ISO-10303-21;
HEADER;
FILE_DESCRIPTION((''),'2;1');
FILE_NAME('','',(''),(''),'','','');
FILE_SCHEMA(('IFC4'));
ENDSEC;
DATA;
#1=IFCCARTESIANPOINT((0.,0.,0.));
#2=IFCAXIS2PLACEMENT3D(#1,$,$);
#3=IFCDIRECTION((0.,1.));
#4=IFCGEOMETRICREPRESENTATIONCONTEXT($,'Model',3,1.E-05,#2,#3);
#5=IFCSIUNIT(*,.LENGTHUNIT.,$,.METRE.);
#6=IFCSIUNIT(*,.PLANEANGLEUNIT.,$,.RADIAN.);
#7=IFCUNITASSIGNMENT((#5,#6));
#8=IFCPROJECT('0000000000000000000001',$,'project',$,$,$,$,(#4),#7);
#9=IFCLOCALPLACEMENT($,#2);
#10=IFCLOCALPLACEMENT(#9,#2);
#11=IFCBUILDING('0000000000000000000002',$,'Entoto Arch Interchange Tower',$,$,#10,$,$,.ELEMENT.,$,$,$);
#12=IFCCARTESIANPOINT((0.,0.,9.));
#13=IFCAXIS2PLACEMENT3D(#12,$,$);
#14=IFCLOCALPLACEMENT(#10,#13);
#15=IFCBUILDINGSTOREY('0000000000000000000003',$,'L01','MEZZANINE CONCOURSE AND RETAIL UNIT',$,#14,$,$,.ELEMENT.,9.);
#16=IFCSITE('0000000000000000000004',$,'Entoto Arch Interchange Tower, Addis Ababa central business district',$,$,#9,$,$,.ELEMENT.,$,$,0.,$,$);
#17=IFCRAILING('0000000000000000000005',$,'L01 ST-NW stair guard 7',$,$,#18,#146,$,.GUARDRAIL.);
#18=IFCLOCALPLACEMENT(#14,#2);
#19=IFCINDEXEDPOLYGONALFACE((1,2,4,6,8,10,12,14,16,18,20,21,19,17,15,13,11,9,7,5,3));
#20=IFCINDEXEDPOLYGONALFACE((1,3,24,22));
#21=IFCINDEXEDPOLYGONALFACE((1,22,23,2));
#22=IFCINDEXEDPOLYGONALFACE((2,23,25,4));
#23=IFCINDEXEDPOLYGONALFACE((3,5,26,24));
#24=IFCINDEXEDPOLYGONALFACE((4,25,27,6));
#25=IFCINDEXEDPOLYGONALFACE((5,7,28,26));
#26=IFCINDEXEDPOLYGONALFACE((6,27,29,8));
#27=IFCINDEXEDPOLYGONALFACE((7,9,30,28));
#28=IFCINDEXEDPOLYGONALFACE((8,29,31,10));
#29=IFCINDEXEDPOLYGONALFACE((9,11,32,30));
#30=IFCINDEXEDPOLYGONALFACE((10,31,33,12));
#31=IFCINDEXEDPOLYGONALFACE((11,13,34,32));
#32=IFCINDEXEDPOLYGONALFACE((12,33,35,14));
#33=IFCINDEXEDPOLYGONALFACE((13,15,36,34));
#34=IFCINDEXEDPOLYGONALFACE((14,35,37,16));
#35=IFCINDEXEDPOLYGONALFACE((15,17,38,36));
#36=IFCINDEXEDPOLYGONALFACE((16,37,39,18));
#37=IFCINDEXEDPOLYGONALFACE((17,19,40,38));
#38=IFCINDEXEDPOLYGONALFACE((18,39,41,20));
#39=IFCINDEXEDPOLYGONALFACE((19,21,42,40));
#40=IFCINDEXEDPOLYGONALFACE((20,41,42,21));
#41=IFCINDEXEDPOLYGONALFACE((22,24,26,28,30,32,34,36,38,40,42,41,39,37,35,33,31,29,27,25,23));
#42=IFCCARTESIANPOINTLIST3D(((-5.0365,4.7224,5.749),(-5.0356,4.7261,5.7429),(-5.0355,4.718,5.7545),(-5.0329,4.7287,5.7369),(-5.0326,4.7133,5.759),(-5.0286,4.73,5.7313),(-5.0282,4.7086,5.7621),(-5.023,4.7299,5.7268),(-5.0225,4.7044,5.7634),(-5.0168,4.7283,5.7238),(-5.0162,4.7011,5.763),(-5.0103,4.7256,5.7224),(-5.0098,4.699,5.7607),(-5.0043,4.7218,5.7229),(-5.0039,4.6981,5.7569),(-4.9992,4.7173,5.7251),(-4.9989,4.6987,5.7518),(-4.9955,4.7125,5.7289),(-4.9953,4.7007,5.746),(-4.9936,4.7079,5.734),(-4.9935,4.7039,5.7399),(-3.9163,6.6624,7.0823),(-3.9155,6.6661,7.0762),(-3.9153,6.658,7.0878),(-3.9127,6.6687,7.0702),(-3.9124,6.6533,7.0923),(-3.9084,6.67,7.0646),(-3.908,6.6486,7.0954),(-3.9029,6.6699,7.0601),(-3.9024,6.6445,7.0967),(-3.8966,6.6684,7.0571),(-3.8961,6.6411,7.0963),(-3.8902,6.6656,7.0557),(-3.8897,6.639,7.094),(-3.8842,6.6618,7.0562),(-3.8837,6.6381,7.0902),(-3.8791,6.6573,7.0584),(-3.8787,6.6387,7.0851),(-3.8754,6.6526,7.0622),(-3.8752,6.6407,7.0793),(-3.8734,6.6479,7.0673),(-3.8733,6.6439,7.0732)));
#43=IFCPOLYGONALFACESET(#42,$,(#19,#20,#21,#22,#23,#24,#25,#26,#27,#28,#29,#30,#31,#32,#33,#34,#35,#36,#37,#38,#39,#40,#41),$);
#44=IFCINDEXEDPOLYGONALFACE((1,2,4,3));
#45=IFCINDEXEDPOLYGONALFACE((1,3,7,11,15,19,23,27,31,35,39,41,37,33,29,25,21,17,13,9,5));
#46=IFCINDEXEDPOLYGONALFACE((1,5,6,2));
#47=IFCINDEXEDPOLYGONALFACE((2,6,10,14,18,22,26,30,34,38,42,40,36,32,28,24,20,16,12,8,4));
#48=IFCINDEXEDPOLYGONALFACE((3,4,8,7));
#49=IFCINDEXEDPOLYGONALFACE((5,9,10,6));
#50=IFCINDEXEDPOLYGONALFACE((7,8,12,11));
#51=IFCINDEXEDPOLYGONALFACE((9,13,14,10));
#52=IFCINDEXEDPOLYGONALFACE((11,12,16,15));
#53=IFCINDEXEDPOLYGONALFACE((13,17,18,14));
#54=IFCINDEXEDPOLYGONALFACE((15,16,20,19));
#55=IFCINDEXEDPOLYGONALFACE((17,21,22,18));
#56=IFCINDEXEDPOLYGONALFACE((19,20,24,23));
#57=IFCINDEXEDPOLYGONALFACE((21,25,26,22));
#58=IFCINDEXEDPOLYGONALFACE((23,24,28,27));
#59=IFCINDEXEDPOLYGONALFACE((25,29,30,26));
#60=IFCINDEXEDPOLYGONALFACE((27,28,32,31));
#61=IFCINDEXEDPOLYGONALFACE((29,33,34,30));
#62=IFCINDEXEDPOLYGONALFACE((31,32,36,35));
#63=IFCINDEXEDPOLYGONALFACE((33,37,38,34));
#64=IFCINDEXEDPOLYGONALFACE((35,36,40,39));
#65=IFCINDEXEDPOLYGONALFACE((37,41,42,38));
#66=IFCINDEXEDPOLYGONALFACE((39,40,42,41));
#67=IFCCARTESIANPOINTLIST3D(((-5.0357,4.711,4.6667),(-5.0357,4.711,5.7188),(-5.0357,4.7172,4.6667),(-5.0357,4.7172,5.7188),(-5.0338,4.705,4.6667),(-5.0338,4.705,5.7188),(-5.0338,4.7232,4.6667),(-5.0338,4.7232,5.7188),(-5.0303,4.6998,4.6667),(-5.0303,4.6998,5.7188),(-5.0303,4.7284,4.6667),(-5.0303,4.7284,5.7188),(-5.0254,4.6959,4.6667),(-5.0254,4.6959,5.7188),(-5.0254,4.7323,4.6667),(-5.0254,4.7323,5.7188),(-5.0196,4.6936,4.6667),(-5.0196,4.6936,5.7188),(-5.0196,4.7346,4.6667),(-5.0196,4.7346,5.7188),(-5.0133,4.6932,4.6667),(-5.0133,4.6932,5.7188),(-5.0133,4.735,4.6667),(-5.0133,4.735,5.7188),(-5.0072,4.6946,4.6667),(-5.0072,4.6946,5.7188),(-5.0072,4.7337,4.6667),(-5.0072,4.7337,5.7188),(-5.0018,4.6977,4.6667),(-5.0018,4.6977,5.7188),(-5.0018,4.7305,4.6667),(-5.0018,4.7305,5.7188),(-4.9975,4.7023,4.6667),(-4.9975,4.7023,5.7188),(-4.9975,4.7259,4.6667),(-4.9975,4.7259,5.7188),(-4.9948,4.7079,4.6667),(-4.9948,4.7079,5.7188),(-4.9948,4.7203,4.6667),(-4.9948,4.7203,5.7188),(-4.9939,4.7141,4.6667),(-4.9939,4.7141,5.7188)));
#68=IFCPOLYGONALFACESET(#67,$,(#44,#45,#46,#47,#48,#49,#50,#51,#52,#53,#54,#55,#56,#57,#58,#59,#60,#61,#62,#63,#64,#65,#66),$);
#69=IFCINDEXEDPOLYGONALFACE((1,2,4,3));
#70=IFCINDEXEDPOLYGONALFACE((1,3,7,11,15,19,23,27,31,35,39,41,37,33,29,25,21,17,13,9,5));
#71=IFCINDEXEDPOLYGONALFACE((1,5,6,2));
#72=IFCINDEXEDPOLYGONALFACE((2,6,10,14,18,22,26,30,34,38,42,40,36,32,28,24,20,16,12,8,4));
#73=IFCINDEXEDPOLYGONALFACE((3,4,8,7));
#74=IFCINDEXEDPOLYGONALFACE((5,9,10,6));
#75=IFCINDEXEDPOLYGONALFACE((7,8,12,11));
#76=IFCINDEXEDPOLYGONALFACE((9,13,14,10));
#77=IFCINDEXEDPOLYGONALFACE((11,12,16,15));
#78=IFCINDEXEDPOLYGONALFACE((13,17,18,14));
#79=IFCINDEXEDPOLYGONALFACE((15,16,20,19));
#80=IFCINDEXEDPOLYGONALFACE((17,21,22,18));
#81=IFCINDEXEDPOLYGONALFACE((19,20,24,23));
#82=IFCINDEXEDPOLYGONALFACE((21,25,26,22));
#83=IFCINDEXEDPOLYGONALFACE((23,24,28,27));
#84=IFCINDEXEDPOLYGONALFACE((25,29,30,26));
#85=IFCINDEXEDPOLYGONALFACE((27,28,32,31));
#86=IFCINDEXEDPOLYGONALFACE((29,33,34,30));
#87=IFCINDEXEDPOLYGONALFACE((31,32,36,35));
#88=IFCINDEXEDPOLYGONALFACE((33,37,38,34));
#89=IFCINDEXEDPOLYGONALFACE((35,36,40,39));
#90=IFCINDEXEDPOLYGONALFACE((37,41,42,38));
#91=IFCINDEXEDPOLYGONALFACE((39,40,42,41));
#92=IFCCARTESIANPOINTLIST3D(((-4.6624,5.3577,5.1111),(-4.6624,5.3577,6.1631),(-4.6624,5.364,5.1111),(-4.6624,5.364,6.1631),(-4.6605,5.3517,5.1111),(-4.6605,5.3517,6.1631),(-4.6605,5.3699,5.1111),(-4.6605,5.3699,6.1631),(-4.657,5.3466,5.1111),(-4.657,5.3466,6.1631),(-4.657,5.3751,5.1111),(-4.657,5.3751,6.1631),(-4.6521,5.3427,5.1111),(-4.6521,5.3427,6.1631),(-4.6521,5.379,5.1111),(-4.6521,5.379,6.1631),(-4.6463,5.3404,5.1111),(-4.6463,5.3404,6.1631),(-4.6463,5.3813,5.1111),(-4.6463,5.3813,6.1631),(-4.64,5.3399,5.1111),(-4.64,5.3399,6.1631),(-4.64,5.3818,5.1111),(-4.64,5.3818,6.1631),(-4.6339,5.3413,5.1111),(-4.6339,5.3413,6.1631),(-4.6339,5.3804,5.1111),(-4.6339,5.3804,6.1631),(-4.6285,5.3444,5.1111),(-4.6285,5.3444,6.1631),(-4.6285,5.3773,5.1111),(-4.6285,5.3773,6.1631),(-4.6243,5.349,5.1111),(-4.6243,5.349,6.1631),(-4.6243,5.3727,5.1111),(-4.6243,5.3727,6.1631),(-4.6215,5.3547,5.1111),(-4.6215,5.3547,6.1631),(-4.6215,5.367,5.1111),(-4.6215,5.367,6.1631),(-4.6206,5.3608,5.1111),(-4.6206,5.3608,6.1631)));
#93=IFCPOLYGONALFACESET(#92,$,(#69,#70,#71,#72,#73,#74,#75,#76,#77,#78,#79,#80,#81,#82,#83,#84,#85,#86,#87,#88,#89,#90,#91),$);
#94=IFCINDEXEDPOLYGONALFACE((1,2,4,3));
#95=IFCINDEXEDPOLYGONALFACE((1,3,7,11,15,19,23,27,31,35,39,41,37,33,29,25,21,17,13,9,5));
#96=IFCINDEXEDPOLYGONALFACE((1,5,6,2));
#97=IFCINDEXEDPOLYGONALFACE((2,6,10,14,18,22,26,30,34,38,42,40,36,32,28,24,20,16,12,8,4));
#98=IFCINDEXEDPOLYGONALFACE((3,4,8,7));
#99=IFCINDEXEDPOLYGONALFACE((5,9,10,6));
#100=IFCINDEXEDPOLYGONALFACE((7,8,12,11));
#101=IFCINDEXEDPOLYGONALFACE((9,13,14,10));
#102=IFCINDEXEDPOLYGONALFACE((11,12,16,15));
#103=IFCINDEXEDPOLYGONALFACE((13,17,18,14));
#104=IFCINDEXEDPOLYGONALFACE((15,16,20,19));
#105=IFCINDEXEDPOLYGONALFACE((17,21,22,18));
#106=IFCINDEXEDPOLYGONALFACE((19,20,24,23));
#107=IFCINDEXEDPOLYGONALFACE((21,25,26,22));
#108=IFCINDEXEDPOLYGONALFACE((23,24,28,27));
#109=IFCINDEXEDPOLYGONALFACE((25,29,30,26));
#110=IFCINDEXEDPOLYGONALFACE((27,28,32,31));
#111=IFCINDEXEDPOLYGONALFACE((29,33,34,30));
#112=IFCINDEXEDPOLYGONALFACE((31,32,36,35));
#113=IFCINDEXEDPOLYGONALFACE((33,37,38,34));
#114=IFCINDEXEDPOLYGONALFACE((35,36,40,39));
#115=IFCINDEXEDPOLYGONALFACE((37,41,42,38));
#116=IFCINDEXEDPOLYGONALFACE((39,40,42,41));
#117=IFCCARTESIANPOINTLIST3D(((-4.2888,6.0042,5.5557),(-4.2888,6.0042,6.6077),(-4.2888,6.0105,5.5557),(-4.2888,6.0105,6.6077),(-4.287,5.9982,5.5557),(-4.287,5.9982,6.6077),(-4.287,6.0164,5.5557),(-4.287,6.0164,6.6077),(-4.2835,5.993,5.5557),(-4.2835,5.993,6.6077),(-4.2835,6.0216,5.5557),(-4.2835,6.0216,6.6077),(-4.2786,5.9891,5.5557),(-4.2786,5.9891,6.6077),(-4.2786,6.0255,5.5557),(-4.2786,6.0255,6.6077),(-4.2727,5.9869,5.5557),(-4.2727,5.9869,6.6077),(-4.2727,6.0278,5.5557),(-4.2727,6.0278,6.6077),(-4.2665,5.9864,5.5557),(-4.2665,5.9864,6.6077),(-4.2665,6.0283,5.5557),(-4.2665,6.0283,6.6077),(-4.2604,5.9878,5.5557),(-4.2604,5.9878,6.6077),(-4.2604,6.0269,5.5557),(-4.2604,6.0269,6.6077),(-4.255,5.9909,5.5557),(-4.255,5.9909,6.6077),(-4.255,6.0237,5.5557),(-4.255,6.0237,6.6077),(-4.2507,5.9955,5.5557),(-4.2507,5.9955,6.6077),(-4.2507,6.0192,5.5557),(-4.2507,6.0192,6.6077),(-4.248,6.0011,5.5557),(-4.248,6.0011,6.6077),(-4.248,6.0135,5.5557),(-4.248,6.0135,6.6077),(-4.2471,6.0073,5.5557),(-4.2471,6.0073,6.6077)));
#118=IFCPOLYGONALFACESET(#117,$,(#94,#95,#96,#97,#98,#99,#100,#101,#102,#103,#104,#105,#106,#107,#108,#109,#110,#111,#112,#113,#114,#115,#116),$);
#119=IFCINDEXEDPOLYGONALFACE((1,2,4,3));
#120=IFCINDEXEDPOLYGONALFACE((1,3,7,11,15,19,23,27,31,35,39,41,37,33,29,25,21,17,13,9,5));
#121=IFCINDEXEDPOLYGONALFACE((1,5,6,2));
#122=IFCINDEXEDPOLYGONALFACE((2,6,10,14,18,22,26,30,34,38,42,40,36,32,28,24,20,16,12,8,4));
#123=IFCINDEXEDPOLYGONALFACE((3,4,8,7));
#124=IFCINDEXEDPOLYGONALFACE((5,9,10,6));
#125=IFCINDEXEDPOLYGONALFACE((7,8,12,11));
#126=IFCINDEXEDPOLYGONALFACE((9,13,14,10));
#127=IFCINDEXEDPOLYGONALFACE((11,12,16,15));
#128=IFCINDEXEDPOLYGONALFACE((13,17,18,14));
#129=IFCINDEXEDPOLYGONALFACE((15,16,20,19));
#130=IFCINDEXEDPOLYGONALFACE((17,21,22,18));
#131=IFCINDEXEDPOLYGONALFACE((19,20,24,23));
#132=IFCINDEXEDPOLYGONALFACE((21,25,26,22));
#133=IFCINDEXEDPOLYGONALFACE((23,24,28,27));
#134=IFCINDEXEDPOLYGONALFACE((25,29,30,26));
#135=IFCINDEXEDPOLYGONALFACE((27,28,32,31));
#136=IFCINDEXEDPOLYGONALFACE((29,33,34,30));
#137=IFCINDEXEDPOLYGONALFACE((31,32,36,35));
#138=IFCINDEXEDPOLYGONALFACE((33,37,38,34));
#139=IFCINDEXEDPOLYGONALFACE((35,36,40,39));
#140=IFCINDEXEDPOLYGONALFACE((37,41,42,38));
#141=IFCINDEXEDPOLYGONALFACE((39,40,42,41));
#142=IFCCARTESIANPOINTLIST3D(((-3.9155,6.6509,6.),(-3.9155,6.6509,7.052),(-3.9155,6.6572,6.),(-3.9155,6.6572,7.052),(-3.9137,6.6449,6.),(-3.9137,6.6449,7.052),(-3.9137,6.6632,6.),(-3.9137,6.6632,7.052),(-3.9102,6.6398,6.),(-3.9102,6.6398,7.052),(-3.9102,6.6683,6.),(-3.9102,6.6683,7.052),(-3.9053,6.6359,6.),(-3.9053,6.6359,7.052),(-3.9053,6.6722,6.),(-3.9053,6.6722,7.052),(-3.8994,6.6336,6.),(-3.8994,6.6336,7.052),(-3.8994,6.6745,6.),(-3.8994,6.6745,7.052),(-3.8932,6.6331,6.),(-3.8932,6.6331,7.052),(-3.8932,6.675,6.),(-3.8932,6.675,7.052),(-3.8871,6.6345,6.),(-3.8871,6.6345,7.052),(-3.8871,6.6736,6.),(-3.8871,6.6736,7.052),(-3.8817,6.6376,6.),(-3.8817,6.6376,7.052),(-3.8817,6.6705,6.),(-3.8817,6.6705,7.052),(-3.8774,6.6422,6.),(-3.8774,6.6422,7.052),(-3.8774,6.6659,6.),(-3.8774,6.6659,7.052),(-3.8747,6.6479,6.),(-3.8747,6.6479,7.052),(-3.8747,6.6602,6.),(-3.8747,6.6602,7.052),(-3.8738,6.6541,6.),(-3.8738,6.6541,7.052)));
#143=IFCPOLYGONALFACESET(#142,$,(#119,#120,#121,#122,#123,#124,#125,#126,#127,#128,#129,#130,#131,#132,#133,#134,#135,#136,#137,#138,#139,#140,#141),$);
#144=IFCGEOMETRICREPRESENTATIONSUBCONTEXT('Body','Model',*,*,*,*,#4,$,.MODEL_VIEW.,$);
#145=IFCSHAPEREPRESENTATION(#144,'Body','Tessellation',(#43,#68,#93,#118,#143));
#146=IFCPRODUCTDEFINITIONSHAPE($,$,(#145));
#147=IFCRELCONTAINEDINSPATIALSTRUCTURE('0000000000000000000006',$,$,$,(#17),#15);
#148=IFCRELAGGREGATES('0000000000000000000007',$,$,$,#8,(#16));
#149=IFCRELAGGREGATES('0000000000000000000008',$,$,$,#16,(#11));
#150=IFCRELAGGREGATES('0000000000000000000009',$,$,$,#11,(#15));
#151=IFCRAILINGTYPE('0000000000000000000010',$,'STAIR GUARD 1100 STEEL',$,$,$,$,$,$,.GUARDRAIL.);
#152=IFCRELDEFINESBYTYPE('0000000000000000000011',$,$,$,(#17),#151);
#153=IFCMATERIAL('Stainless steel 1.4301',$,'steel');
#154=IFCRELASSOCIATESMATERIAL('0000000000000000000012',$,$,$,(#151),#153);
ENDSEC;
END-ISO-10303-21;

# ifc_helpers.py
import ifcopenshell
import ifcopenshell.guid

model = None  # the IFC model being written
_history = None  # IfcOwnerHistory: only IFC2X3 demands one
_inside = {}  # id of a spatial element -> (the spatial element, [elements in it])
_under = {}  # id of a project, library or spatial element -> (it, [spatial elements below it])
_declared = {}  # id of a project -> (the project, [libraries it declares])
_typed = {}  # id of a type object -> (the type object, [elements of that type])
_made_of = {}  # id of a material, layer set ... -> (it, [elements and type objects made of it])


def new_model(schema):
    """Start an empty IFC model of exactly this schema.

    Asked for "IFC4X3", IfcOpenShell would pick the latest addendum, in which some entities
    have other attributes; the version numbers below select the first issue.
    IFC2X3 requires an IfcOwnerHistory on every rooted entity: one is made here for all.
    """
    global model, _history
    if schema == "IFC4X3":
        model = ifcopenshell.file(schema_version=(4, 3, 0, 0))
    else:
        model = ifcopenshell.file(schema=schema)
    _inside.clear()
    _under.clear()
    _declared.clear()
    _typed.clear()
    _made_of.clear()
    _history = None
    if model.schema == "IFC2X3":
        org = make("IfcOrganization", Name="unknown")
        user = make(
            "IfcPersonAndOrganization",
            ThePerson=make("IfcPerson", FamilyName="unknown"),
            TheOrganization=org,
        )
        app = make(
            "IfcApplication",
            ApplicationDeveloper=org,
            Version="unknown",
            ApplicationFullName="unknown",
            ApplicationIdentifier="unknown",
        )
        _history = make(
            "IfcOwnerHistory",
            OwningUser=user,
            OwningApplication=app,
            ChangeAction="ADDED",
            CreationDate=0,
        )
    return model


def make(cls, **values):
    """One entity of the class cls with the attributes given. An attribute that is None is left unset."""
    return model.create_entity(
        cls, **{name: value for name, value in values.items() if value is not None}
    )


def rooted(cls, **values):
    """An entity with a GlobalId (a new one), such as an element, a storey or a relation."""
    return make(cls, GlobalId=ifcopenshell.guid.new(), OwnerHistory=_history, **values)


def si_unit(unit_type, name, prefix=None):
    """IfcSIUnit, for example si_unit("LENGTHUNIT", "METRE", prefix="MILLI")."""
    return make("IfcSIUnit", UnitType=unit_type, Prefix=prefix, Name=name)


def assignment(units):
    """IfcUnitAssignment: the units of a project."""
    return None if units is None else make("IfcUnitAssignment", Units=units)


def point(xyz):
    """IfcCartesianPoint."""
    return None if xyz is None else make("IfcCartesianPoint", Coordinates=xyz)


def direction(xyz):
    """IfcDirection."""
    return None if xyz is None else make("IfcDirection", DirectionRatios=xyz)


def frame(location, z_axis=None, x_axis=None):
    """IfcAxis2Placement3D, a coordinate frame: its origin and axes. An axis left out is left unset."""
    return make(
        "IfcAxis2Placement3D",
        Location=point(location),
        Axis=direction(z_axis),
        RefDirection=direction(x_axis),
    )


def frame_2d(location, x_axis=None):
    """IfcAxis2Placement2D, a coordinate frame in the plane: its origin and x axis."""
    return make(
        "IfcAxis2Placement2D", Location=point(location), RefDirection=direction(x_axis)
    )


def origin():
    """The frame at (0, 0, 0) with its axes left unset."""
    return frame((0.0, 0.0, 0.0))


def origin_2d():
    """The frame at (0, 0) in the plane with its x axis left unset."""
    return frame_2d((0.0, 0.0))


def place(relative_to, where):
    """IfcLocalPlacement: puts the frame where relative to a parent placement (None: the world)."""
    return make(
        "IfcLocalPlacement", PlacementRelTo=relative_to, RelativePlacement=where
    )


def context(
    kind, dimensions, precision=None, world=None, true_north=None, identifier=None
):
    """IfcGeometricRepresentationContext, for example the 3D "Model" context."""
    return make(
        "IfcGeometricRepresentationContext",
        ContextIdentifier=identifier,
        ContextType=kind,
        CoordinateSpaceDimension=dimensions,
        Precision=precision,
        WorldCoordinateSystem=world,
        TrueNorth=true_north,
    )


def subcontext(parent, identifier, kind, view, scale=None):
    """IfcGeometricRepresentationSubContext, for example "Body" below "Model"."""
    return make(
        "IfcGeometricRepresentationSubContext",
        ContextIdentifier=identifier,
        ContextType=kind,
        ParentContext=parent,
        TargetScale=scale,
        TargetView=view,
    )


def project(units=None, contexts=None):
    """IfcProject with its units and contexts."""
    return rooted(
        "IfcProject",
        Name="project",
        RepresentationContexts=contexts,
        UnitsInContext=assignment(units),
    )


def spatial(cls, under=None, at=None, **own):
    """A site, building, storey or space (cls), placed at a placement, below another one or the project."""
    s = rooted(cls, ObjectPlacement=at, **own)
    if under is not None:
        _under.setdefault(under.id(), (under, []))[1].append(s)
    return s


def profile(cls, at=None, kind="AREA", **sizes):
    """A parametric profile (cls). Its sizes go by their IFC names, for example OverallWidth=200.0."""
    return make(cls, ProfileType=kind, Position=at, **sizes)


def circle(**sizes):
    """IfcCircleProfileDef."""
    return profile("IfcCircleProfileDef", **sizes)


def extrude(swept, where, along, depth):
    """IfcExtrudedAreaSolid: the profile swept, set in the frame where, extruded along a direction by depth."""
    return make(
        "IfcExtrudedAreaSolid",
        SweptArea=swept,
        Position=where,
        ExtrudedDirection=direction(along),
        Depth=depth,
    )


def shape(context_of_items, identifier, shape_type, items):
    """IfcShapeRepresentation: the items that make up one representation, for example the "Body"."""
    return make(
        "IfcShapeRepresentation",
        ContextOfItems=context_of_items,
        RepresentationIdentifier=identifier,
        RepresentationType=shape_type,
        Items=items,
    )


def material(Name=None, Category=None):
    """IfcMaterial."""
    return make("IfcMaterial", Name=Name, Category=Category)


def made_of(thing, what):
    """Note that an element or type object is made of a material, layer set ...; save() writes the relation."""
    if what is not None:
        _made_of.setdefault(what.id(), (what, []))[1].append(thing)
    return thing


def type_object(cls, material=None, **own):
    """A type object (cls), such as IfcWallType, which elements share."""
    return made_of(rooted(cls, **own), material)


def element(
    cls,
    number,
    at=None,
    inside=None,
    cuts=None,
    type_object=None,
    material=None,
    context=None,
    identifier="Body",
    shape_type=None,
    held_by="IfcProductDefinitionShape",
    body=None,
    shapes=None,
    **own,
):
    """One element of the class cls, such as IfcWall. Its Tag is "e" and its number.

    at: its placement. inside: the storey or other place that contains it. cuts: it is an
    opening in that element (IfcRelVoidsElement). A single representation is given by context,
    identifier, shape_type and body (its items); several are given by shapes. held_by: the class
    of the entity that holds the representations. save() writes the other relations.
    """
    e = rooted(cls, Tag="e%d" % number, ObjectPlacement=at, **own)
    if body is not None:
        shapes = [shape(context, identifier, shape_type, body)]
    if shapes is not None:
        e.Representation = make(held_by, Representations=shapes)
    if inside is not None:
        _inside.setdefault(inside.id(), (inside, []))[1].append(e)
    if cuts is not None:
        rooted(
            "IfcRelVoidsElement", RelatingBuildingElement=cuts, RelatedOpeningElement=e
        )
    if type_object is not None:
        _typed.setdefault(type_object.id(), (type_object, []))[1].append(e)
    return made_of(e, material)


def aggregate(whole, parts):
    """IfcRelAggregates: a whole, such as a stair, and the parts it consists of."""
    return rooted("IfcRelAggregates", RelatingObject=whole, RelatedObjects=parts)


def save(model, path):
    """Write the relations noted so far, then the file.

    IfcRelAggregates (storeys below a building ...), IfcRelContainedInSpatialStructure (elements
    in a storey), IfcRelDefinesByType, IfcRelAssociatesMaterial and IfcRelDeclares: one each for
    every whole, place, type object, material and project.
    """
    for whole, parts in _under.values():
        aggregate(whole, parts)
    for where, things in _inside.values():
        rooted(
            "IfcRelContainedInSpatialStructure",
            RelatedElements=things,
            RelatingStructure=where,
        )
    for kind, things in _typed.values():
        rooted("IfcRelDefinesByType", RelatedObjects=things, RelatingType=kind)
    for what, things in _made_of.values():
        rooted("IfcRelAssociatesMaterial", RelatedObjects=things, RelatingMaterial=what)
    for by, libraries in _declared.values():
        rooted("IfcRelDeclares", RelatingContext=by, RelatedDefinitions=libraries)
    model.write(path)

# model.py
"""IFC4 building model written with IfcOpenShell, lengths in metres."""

from ifc_helpers import new_model, si_unit, direction, frame, origin, origin_2d, place, context, subcontext, project, spatial, circle, extrude, material, type_object, element, save


model = new_model("IFC4")

# Units and contexts
model_context = context("Model", 3, precision=1e-05, world=origin(), true_north=direction((0.0, 1.0)))
body_context = subcontext(model_context, "Body", "Model", "MODEL_VIEW")
ifc_project = project(units=[si_unit("LENGTHUNIT", "METRE"), si_unit("PLANEANGLEUNIT", "RADIAN")], contexts=[model_context])

# Site, building, storey
site_placement = place(None, origin())
site = spatial("IfcSite", under=ifc_project, at=site_placement, Name="Entoto Arch Interchange Tower, Addis Ababa central business district", CompositionType="ELEMENT", RefElevation=0.0)
building_placement = place(site_placement, origin())
building = spatial("IfcBuilding", under=site, at=building_placement, Name="Entoto Arch Interchange Tower", CompositionType="ELEMENT")
storey_placement = place(building_placement, frame((0.0, 0.0, 9.0)))
storey = spatial("IfcBuildingStorey", under=building, at=storey_placement, Name="L01", Description="MEZZANINE CONCOURSE AND RETAIL UNIT", CompositionType="ELEMENT", Elevation=9.0)

# Railing
ifc_material_1 = material(Name="Stainless steel 1.4301", Category="steel")
railing_type = type_object("IfcRailingType", Name="STAIR GUARD 1100 STEEL", PredefinedType="GUARDRAIL", material=ifc_material_1)
railing_1_placement = place(storey_placement, frame((-5.0149, 4.7141, 4.6667)))
element("IfcRailing", 1, at=railing_1_placement, inside=storey, type_object=railing_type, Name="L01 ST-NW stair guard 7", PredefinedType="GUARDRAIL", context=body_context, shape_type="SweptSolid", body=[
    extrude(circle(Radius=0.0239, at=origin_2d()), frame((0.0, 0.0, 1.0762), z_axis=(0.429684, 0.744175, 0.511444), x_axis=(-0.866008, 0.500031, 0.0)), (0.0, 0.0, 1.0), 2.6069),
    extrude(circle(Radius=0.021, at=origin_2d()), origin(), (0.0, 0.0, 1.0), 1.052),
    extrude(circle(Radius=0.021, at=origin_2d()), frame((0.3733, 0.6467, 0.4443)), (0.0, 0.0, 1.0), 1.052),
    extrude(circle(Radius=0.021, at=origin_2d()), frame((0.7468, 1.2932, 0.8889)), (0.0, 0.0, 1.0), 1.052),
    extrude(circle(Radius=0.021, at=origin_2d()), frame((1.1201, 1.9399, 1.3333)), (0.0, 0.0, 1.0), 1.052),
])

save(model, "model.ifc")
